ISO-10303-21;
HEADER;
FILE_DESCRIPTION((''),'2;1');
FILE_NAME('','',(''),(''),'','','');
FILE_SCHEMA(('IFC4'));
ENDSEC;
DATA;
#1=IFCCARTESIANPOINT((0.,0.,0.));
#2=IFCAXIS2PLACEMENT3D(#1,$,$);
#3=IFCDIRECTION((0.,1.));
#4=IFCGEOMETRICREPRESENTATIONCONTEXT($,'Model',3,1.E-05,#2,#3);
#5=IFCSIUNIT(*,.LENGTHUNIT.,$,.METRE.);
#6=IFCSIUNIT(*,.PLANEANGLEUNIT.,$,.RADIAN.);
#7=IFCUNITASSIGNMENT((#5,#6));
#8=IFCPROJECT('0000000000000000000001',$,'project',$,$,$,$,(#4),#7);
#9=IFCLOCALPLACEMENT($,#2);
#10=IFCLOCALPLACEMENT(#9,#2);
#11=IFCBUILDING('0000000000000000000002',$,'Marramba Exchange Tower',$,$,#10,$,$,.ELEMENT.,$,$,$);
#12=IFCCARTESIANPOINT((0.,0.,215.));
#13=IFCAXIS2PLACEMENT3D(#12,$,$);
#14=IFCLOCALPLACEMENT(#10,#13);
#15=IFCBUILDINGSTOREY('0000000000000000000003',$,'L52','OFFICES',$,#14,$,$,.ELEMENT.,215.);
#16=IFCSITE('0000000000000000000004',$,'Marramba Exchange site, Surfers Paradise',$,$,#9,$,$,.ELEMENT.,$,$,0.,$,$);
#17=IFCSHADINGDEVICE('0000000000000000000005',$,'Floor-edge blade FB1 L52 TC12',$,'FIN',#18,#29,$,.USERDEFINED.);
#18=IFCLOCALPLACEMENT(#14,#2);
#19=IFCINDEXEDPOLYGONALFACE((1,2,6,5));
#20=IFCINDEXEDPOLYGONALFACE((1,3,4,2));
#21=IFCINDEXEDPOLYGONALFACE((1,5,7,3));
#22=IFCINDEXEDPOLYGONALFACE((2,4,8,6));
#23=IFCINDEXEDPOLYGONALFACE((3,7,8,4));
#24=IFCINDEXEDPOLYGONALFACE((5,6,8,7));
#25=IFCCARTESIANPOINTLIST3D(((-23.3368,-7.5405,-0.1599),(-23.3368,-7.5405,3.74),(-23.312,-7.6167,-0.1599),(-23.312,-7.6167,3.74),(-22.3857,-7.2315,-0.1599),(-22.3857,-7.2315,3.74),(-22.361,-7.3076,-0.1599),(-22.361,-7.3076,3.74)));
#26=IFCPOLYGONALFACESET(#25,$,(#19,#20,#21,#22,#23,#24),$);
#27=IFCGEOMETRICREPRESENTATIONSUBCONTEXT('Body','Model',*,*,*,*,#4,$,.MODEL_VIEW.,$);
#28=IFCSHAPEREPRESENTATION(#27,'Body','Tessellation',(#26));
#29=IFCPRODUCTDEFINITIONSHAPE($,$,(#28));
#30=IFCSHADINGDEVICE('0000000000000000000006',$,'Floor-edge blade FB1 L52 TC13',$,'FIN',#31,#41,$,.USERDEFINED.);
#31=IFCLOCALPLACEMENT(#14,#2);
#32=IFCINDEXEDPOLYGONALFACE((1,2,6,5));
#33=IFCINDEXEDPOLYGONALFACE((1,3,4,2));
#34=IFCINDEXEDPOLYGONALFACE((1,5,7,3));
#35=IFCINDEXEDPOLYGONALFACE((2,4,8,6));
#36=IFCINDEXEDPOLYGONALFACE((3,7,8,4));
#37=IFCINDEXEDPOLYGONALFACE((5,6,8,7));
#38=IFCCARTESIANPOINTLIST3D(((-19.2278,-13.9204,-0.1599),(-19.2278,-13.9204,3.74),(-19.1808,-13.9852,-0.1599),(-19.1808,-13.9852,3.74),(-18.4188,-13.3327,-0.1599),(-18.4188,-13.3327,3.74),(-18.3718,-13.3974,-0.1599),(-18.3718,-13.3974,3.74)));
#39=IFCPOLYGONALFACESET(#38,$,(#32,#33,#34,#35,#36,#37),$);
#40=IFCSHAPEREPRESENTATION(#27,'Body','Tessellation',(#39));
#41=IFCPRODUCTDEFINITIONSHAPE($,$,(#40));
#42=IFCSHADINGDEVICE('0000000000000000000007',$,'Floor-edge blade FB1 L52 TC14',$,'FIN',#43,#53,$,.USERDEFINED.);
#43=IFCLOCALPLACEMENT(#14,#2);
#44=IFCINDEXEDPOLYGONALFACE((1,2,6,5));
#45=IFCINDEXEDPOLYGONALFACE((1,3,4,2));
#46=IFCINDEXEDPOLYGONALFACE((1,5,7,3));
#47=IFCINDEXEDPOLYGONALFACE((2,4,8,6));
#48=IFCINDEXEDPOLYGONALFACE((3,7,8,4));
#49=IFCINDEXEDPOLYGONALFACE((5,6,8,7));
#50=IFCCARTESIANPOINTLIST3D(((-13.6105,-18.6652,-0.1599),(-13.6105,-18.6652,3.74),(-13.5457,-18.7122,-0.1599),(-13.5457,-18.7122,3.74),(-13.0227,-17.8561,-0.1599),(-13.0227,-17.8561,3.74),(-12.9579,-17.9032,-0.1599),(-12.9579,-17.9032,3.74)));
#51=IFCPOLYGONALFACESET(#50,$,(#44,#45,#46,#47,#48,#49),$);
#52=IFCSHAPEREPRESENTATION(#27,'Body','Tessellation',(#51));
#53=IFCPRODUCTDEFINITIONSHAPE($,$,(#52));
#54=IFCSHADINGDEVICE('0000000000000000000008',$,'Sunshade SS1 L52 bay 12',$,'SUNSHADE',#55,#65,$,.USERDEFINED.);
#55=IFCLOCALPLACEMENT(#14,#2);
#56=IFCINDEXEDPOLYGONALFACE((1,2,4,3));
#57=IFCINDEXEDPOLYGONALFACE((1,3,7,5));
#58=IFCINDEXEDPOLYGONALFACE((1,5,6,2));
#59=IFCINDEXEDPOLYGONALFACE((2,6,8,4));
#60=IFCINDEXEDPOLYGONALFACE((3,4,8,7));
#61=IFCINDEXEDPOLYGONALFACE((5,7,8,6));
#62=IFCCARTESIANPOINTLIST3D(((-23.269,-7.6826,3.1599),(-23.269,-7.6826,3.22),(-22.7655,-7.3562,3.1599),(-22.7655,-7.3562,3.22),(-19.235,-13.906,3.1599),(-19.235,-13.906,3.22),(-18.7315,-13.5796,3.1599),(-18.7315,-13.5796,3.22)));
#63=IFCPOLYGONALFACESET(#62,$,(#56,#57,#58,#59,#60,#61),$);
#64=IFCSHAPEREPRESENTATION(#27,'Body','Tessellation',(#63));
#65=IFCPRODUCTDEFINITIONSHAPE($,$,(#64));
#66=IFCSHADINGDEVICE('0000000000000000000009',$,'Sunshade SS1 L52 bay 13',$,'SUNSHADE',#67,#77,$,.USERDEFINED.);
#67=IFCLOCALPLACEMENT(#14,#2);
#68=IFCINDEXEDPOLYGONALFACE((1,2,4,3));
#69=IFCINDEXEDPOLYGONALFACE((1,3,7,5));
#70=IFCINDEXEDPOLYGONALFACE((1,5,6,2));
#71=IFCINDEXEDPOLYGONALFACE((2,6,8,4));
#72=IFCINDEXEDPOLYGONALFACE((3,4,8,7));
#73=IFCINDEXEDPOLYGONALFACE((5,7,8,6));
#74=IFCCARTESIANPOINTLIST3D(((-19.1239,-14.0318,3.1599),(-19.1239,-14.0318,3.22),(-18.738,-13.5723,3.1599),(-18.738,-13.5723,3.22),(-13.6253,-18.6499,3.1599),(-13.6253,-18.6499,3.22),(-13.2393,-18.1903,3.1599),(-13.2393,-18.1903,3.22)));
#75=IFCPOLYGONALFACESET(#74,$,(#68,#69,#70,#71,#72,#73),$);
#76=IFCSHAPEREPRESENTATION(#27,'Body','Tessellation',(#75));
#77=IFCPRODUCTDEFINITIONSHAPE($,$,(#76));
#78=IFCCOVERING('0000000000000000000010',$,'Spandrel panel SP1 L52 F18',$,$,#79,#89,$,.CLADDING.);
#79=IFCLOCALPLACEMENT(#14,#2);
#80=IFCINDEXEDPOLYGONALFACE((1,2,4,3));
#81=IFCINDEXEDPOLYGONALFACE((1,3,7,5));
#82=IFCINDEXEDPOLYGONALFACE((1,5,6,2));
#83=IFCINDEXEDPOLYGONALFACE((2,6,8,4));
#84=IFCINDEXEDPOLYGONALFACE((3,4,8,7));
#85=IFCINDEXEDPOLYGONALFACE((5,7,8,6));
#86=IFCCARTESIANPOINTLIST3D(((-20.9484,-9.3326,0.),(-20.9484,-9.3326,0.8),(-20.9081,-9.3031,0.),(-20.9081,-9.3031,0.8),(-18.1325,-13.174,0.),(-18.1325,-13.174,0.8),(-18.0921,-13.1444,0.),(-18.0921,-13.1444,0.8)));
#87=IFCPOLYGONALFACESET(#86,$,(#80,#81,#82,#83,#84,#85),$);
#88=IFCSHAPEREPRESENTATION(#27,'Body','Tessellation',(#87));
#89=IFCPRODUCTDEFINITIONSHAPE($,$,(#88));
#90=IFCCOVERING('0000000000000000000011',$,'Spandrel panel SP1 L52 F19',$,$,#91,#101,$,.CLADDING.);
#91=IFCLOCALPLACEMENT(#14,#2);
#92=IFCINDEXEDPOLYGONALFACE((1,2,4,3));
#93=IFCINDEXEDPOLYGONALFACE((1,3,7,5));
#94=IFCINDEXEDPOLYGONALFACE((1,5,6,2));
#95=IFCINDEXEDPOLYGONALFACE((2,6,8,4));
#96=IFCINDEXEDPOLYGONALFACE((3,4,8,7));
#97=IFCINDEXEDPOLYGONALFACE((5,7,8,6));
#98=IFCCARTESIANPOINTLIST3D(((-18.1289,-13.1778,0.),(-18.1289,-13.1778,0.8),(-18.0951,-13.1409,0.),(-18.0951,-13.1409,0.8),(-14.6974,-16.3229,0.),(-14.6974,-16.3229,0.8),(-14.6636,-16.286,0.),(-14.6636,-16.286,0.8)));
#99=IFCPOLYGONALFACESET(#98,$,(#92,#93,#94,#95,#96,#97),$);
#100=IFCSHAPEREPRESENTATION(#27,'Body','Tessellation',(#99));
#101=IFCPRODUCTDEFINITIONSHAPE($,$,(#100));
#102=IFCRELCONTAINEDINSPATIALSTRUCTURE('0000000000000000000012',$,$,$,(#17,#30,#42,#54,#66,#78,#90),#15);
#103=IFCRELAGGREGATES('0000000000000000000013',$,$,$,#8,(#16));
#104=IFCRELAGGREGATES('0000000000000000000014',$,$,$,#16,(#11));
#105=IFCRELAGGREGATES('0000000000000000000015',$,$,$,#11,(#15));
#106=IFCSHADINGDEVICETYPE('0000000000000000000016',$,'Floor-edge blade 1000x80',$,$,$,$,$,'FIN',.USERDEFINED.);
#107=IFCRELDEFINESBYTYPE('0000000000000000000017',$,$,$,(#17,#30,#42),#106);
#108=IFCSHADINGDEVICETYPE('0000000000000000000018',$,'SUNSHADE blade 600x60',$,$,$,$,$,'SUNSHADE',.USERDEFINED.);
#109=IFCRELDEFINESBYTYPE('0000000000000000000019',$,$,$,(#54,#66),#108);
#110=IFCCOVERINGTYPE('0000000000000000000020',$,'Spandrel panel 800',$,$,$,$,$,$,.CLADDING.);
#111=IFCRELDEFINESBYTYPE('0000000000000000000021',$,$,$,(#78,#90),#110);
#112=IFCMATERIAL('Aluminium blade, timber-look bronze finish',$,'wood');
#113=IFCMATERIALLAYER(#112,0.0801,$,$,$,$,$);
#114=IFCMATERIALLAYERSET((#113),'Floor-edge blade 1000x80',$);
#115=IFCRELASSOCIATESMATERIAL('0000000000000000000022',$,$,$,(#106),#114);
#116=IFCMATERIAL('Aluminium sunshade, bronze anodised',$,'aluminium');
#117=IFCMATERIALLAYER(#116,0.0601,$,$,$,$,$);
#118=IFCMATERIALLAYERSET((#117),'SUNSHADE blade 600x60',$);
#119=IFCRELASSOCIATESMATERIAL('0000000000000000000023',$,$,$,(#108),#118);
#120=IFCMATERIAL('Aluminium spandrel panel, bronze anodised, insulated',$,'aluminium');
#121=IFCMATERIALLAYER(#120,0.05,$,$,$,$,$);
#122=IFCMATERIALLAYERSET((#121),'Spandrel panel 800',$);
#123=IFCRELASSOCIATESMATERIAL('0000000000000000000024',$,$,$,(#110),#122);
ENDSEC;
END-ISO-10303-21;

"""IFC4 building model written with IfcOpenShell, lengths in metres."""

from ifc_helpers import new_model, si_unit, direction, frame, origin, origin_2d, place, context, subcontext, project, spatial, rectangle, extrude, material, layer, layer_set, type_object, element, save


model = new_model("IFC4")

# Units and contexts
model_context = context("Model", 3, precision=1e-05, world=origin(), true_north=direction((0.0, 1.0)))
body_context = subcontext(model_context, "Body", "Model", "MODEL_VIEW")
ifc_project = project(units=[si_unit("LENGTHUNIT", "METRE"), si_unit("PLANEANGLEUNIT", "RADIAN")], contexts=[model_context])

# Site, building, storey
site_placement = place(None, origin())
site = spatial("IfcSite", under=ifc_project, at=site_placement, Name="Marramba Exchange site, Surfers Paradise", CompositionType="ELEMENT", RefElevation=0.0)
building_placement = place(site_placement, origin())
building = spatial("IfcBuilding", under=site, at=building_placement, Name="Marramba Exchange Tower", CompositionType="ELEMENT")
storey_placement = place(building_placement, frame((0.0, 0.0, 215.0)))
storey = spatial("IfcBuildingStorey", under=building, at=storey_placement, Name="L52", Description="OFFICES", CompositionType="ELEMENT", Elevation=215.0)

# Shading devices
ifc_material_1 = material(Name="Aluminium blade, timber-look bronze finish", Category="wood")
ifc_layer_1 = layer(ifc_material_1, 0.0801)
ifc_layer_set_1 = layer_set([ifc_layer_1], Name="Floor-edge blade 1000x80")
shading_device_type_1 = type_object("IfcShadingDeviceType", Name="Floor-edge blade 1000x80", ElementType="FIN", PredefinedType="USERDEFINED", material=ifc_layer_set_1)
for number, where, z_axis, x_axis, name in (
    (1, (-22.8489, -7.4241, -0.1599), (0.0, 0.0, 1.0), (-0.951057, -0.309017, 0.0), "Floor-edge blade FB1 L52 TC12"),
    (2, (-18.7998, -13.6589, -0.1599), (0.0, 0.0, 1.0), (-0.809017, -0.587785, 0.0), "Floor-edge blade FB1 L52 TC13"),
    (3, (-13.2842, -18.2842, -0.1599), (0.0, 0.0, 1.0), (-0.587785, -0.809017, 0.0), "Floor-edge blade FB1 L52 TC14"),
):
    element("IfcShadingDevice", number, at=place(storey_placement, frame(where, z_axis=z_axis, x_axis=x_axis)), inside=storey, type_object=shading_device_type_1, Name=name, ObjectType="FIN", PredefinedType="USERDEFINED", context=body_context, shape_type="SweptSolid", body=[
        extrude(rectangle(XDim=1.0, YDim=0.0801, at=origin_2d()), origin(), (0.0, 0.0, 1.0), 3.8999),
    ])
ifc_material_2 = material(Name="Aluminium sunshade, bronze anodised", Category="aluminium")
ifc_layer_2 = layer(ifc_material_2, 0.0601)
ifc_layer_set_2 = layer_set([ifc_layer_2], Name="SUNSHADE blade 600x60")
shading_device_type_2 = type_object("IfcShadingDeviceType", Name="SUNSHADE blade 600x60", ElementType="SUNSHADE", PredefinedType="USERDEFINED", material=ifc_layer_set_2)
shading_device_1_placement = place(storey_placement, frame((-21.0002, -10.6311, 3.1599), z_axis=(0.0, 0.0, 1.0), x_axis=(0.543922, -0.839136, 0.0)))
element("IfcShadingDevice", 4, at=shading_device_1_placement, inside=storey, type_object=shading_device_type_2, Name="Sunshade SS1 L52 bay 12", ObjectType="SUNSHADE", PredefinedType="USERDEFINED", context=body_context, shape_type="SweptSolid", body=[
    extrude(rectangle(XDim=7.4165, YDim=0.6001, at=origin_2d()), origin(), (0.0, 0.0, 1.0), 0.0601),
])
shading_device_2_placement = place(storey_placement, frame((-16.1816, -16.1111, 3.1599), z_axis=(0.0, 0.0, 1.0), x_axis=(0.765762, -0.643124, 0.0)))
element("IfcShadingDevice", 5, at=shading_device_2_placement, inside=storey, type_object=shading_device_type_2, Name="Sunshade SS1 L52 bay 13", ObjectType="SUNSHADE", PredefinedType="USERDEFINED", context=body_context, shape_type="SweptSolid", body=[
    extrude(rectangle(XDim=7.1807, YDim=0.6001, at=origin_2d()), origin(), (0.0, 0.0, 1.0), 0.0601),
])

# Coverings
ifc_material_3 = material(Name="Aluminium spandrel panel, bronze anodised, insulated", Category="aluminium")
ifc_layer_3 = layer(ifc_material_3, 0.05)
ifc_layer_set_3 = layer_set([ifc_layer_3], Name="Spandrel panel 800")
covering_type = type_object("IfcCoveringType", Name="Spandrel panel 800", PredefinedType="CLADDING", material=ifc_layer_set_3)
covering_1_placement = place(storey_placement, frame((-19.5203, -11.2385, 0.0), z_axis=(0.0, 0.0, 1.0), x_axis=(0.591223, -0.806508, 0.0)))
element("IfcCovering", 6, at=covering_1_placement, inside=storey, type_object=covering_type, Name="Spandrel panel SP1 L52 F18", PredefinedType="CLADDING", context=body_context, shape_type="SweptSolid", body=[
    extrude(rectangle(XDim=4.7629, YDim=0.05, at=origin_2d()), origin(), (0.0, 0.0, 1.0), 0.8),
])
covering_2_placement = place(storey_placement, frame((-16.3962, -14.7319, 0.0), z_axis=(0.0, 0.0, 1.0), x_axis=(0.737203, -0.675671, 0.0)))
element("IfcCovering", 7, at=covering_2_placement, inside=storey, type_object=covering_type, Name="Spandrel panel SP1 L52 F19", PredefinedType="CLADDING", context=body_context, shape_type="SweptSolid", body=[
    extrude(rectangle(XDim=4.6548, YDim=0.05, at=origin_2d()), origin(), (0.0, 0.0, 1.0), 0.8),
])

save(model, "model.ifc")
